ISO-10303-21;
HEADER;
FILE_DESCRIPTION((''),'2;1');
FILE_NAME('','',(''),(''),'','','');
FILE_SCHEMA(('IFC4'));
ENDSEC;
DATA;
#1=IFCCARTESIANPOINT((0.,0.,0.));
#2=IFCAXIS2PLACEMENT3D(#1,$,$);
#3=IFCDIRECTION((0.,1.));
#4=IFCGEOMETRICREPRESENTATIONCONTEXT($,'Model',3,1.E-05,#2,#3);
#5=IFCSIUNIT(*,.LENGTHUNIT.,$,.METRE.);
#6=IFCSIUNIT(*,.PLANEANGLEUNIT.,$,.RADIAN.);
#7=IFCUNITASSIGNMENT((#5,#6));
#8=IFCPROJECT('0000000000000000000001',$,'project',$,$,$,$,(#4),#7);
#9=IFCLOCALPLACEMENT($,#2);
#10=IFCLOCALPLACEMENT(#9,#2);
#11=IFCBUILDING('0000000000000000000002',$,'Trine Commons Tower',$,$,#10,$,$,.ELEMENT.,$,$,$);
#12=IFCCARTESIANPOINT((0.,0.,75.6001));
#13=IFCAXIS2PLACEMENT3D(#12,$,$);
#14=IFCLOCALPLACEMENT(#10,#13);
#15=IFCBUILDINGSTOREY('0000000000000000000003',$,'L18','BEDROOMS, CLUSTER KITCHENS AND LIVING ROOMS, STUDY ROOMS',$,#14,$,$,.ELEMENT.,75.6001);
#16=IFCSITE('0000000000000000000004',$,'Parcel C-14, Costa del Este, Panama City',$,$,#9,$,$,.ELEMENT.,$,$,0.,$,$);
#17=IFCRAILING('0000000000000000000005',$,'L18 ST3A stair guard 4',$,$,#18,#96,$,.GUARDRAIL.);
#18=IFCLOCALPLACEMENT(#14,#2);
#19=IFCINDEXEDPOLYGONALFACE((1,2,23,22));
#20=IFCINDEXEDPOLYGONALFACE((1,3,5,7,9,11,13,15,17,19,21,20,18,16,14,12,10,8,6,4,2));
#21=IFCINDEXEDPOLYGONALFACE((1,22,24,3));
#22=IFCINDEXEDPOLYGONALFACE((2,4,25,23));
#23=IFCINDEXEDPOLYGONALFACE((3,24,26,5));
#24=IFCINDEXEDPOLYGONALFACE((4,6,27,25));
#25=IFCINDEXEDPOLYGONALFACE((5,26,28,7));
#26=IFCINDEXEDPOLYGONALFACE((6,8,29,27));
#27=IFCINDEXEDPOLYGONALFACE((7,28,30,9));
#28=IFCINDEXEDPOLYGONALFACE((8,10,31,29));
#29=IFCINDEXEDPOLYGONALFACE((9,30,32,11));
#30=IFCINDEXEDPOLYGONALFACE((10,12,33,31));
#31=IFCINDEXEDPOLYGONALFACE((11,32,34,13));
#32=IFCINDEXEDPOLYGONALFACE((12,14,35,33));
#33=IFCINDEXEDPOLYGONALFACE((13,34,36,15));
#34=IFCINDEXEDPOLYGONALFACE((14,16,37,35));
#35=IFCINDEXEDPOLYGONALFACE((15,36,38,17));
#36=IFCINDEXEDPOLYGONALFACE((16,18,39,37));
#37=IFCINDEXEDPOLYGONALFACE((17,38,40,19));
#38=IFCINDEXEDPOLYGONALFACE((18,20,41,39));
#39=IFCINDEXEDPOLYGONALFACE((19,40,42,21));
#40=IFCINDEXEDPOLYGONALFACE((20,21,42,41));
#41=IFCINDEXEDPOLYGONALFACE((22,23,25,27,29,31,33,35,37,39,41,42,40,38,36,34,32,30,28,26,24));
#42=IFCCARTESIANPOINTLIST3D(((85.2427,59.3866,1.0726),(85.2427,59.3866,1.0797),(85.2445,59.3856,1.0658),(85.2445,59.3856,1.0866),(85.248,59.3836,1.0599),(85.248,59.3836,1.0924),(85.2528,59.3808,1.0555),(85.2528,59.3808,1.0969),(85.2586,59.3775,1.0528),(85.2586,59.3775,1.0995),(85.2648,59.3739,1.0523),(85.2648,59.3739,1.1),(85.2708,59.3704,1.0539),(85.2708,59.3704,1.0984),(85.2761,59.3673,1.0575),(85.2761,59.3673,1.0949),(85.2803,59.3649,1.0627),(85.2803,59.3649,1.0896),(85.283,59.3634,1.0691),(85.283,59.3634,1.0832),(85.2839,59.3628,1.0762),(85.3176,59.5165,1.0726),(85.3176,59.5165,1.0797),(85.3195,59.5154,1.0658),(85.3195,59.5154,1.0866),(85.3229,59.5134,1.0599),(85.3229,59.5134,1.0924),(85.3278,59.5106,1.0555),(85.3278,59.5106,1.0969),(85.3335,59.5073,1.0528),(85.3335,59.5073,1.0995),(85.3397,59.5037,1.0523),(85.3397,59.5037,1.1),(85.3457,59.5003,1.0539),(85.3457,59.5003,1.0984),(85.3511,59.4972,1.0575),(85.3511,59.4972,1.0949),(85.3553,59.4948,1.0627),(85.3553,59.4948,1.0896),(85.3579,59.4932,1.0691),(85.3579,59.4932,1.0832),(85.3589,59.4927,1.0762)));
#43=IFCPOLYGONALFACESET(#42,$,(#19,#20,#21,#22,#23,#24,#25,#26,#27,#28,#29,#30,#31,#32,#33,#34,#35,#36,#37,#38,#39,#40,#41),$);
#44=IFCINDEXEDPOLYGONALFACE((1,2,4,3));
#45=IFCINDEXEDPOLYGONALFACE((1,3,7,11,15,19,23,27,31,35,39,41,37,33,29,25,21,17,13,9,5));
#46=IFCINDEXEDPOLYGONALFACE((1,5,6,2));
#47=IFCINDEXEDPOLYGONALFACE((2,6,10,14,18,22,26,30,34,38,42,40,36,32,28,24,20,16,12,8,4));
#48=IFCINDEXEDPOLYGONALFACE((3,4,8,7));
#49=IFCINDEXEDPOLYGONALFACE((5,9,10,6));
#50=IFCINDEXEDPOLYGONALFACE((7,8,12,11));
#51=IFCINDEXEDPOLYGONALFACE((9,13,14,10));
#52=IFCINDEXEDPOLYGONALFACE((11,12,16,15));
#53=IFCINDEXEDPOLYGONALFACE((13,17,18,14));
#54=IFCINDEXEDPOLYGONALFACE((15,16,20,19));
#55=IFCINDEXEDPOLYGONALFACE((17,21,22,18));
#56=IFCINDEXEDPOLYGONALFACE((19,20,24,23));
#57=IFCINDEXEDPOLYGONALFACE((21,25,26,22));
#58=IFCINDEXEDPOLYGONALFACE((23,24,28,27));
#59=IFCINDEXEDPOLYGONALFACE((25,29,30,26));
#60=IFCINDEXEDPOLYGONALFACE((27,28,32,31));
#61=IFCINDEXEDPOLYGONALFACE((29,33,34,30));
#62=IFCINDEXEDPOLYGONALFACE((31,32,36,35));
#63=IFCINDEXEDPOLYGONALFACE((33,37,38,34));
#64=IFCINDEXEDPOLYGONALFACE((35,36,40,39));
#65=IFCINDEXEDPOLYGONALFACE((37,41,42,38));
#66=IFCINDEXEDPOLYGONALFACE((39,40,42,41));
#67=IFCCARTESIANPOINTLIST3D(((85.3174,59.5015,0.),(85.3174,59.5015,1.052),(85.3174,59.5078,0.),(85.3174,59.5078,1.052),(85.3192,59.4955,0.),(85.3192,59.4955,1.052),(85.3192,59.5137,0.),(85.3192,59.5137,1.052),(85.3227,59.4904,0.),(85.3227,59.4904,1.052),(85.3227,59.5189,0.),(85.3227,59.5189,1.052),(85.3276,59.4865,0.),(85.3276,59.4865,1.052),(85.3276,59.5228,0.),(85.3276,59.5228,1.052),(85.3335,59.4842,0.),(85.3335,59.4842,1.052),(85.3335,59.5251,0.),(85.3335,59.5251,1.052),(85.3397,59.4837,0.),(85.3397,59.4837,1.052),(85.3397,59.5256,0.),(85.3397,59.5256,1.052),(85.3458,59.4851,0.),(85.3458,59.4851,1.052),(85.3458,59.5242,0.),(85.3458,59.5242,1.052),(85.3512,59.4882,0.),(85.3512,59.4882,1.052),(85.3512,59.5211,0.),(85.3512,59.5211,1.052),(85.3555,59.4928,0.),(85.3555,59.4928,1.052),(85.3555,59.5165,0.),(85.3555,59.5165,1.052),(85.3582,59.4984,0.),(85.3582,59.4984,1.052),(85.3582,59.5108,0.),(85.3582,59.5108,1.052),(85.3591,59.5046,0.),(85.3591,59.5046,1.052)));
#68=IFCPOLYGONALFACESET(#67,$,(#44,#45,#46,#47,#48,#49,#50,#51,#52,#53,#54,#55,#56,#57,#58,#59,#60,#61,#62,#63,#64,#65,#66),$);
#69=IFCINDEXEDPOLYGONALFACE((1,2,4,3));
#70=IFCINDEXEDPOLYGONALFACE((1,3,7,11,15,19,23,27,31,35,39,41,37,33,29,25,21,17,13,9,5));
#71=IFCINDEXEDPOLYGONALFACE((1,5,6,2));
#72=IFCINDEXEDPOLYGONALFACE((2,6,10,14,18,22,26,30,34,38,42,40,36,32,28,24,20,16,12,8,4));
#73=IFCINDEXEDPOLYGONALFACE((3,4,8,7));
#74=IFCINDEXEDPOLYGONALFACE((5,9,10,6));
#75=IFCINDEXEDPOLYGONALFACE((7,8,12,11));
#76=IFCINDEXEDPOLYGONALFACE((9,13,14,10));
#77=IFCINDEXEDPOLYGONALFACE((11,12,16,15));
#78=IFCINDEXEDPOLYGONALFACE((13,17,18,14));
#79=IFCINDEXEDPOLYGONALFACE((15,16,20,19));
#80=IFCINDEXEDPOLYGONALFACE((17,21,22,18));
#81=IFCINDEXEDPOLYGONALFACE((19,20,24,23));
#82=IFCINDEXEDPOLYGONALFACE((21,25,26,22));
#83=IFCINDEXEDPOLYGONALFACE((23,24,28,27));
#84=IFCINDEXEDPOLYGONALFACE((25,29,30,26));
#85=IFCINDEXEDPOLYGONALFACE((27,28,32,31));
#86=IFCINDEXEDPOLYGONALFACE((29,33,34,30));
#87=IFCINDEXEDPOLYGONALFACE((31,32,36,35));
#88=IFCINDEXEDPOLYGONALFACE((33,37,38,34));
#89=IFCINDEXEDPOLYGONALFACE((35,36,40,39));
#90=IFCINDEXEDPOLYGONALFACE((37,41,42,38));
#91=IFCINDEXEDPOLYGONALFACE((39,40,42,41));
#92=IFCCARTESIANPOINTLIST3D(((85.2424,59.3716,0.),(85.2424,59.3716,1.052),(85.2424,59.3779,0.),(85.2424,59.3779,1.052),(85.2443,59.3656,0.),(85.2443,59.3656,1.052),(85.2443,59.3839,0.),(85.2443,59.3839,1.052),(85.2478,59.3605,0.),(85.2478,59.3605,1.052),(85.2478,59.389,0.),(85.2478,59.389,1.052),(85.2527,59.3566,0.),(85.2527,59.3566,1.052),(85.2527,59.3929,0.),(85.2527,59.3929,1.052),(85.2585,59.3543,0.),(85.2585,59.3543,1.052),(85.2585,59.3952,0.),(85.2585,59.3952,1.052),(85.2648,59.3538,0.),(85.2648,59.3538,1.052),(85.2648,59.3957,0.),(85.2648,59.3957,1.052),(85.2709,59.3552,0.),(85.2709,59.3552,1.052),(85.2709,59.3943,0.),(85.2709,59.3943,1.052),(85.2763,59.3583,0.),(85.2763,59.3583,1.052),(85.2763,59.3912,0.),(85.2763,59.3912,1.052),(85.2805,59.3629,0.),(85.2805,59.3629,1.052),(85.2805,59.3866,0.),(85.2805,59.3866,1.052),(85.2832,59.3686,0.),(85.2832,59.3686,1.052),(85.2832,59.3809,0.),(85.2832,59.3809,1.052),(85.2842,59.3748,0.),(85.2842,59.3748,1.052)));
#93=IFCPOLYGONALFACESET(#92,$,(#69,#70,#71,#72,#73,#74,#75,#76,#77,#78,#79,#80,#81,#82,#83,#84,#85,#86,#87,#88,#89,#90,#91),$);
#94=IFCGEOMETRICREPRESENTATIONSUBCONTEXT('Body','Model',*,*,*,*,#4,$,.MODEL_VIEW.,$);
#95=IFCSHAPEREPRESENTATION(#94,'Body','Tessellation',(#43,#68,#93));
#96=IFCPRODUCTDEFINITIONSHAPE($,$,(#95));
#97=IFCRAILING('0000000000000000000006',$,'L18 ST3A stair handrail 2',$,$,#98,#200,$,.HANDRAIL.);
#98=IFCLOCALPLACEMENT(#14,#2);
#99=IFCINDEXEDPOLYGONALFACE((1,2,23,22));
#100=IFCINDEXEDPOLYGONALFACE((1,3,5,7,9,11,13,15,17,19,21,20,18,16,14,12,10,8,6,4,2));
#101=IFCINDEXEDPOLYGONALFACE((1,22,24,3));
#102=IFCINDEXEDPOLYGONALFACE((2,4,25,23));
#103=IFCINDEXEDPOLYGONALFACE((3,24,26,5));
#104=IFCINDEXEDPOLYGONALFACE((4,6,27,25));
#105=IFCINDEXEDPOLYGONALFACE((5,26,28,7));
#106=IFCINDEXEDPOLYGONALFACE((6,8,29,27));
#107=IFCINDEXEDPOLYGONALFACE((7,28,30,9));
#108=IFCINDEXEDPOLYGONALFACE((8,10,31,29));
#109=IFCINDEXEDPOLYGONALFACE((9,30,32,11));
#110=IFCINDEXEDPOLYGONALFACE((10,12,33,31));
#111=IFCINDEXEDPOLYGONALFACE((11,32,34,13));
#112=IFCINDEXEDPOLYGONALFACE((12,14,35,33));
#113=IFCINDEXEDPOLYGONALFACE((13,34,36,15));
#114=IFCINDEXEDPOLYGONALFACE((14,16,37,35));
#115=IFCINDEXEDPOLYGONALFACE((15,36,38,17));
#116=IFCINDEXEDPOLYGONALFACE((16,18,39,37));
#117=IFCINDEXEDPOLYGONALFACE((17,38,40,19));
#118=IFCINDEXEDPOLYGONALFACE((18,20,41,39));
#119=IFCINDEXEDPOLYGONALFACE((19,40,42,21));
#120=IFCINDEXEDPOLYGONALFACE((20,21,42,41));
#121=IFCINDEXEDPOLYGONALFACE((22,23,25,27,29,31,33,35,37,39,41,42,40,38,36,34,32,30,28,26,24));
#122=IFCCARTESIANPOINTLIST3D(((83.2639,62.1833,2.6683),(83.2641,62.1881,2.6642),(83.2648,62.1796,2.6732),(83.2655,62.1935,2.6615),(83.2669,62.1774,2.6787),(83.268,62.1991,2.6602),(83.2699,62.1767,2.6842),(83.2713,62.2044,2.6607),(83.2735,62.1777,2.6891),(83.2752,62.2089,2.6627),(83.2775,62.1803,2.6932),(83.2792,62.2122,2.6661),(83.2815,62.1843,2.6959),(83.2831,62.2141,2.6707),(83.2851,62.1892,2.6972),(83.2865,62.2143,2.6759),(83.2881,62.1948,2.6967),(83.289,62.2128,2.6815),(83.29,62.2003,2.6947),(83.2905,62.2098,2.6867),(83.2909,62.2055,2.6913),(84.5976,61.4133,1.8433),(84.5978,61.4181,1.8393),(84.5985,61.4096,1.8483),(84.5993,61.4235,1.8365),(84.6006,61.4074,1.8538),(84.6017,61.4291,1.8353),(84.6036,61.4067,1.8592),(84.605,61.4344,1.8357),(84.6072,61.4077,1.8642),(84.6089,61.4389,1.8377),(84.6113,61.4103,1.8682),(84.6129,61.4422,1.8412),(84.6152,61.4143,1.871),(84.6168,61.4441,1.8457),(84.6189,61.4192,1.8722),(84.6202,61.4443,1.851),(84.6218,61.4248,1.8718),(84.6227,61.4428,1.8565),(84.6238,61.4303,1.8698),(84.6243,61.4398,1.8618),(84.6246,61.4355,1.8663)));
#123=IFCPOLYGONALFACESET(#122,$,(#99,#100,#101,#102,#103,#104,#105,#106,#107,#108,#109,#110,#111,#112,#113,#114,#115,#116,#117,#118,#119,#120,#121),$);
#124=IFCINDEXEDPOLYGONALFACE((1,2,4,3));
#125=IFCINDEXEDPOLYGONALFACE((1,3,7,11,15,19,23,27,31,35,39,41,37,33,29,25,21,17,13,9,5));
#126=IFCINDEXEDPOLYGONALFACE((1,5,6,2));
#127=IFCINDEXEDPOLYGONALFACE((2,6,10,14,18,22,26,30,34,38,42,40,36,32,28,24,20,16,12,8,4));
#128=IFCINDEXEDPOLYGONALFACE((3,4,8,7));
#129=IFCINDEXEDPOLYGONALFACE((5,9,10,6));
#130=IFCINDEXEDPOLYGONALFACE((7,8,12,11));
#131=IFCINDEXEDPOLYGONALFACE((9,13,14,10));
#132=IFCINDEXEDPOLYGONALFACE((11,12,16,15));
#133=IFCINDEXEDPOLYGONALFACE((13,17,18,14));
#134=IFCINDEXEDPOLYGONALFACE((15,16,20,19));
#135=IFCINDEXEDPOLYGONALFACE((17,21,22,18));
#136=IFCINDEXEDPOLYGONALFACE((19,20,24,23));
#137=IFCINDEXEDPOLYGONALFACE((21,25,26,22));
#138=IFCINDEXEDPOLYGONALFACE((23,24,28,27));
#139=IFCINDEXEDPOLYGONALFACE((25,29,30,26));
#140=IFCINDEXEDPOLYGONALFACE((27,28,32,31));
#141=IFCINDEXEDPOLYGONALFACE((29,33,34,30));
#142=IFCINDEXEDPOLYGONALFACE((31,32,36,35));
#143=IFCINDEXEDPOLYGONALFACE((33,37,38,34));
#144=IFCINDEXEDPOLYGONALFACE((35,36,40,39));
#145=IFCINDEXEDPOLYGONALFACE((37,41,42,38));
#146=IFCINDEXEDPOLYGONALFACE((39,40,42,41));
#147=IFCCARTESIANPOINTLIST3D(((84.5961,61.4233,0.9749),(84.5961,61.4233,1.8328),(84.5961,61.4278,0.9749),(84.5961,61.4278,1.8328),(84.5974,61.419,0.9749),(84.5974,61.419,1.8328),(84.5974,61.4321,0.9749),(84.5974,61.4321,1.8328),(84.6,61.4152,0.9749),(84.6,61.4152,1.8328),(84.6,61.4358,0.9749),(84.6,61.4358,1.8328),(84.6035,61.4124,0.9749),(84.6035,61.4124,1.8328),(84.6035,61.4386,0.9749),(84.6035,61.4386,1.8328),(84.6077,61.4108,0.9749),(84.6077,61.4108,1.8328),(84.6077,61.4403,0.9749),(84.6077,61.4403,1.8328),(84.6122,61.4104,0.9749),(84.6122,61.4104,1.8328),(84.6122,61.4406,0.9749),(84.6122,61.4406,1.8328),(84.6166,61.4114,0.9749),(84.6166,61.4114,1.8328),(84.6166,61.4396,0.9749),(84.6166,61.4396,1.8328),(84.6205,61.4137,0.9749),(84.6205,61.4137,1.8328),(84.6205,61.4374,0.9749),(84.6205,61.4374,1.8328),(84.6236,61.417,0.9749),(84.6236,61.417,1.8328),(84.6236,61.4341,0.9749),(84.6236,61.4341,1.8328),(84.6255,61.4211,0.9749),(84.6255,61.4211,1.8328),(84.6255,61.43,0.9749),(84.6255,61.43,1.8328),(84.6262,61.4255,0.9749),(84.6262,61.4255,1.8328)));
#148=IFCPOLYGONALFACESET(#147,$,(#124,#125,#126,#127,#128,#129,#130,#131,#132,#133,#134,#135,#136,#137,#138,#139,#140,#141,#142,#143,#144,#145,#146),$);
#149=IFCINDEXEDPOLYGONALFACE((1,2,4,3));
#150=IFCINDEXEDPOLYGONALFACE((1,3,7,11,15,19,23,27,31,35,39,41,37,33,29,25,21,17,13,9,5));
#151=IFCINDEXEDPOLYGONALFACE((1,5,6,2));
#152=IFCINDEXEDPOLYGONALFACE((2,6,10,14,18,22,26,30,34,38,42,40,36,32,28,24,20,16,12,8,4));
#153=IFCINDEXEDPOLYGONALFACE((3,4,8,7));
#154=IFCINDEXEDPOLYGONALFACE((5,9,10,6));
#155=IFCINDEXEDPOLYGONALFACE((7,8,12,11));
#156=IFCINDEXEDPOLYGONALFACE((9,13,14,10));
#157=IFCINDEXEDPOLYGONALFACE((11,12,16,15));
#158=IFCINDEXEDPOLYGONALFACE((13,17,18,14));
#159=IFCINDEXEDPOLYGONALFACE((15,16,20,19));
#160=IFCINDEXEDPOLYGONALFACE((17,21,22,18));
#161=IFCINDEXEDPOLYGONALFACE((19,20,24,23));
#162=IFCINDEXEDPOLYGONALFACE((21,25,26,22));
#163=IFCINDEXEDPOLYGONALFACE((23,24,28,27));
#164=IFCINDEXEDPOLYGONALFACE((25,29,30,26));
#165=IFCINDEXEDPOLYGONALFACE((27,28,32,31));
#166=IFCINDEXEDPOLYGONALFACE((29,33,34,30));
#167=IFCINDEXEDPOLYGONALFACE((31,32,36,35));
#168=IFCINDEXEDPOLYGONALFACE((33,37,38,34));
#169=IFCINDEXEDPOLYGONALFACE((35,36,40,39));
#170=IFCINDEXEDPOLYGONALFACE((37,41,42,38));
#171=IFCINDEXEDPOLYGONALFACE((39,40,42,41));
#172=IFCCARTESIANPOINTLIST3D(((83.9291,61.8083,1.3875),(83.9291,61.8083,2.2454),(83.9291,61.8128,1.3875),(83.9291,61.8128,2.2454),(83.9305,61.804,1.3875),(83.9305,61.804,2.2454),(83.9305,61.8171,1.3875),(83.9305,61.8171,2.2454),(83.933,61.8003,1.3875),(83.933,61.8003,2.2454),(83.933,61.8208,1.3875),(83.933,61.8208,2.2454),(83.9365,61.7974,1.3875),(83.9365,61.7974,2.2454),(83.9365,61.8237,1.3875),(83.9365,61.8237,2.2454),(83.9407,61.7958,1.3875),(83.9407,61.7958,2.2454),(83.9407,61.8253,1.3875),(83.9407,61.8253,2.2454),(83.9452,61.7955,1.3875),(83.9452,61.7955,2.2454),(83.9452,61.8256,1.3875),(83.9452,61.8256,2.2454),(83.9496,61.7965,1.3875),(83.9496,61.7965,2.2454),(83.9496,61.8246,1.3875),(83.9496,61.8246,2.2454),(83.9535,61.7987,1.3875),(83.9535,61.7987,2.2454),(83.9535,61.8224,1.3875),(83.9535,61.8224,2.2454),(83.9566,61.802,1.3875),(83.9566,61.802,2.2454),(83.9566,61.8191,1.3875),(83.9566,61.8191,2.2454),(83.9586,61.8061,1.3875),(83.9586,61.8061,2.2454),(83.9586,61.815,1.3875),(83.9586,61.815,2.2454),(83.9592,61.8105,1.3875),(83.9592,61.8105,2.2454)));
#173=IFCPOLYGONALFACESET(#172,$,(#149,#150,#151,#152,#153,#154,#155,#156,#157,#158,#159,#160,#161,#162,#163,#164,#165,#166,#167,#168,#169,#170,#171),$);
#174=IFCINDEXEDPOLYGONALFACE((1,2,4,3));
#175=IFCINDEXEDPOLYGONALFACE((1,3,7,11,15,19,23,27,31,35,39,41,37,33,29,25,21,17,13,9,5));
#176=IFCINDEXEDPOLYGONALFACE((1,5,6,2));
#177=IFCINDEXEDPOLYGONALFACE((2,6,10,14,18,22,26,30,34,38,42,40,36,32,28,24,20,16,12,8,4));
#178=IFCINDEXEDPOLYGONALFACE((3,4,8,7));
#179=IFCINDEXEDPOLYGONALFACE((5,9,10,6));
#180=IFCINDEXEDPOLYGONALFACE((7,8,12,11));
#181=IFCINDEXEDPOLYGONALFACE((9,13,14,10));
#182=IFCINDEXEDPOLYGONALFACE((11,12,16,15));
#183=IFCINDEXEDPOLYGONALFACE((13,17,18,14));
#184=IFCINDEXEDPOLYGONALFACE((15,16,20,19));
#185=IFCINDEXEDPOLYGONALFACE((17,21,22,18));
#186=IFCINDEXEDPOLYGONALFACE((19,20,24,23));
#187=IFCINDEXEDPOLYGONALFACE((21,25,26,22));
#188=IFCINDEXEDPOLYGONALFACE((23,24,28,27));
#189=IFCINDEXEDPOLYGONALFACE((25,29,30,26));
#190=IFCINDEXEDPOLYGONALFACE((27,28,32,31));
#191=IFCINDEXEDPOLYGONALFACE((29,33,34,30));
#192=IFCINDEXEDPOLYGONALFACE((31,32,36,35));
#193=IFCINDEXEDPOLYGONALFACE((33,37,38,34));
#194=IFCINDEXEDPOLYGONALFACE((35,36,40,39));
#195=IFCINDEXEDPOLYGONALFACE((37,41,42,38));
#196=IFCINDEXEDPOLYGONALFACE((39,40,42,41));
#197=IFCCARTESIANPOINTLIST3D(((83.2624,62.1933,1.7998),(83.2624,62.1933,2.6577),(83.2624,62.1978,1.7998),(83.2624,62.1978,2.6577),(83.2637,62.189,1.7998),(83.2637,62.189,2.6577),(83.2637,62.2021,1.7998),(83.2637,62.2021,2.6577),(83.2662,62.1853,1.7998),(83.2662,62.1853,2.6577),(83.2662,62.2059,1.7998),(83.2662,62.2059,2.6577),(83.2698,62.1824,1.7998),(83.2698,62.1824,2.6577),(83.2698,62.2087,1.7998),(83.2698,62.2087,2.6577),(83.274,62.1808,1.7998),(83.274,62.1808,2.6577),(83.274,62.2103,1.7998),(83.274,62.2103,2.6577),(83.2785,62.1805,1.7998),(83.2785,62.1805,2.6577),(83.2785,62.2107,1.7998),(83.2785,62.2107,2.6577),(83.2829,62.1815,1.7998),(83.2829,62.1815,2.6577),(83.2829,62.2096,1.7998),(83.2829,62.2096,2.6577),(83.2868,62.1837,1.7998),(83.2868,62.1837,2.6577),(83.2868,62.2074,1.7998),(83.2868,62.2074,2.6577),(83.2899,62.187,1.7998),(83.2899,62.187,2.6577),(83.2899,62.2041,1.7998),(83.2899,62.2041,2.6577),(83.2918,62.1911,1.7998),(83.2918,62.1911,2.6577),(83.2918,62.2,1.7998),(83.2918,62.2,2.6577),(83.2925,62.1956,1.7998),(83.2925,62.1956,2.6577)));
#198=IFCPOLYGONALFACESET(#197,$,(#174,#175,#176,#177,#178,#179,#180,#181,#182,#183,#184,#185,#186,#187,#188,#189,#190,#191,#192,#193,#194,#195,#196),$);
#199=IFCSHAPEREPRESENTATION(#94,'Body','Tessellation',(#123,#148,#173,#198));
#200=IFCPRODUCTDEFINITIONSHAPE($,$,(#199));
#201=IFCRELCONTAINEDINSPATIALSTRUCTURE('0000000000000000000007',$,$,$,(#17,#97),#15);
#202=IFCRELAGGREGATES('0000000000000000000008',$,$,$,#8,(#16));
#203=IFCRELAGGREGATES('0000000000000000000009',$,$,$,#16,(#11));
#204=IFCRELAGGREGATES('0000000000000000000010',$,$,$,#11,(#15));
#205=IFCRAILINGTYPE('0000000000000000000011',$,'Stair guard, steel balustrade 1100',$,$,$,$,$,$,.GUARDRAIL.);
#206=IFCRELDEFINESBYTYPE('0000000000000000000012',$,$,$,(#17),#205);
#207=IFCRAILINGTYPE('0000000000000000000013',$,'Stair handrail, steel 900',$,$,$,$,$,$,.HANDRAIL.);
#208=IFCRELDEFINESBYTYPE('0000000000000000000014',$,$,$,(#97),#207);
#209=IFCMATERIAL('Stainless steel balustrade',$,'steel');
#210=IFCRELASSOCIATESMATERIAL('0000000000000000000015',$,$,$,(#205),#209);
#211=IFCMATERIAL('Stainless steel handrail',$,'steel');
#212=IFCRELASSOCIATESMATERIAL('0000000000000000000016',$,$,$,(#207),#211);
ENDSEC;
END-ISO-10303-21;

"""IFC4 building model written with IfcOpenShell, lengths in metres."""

from ifc_helpers import new_model, si_unit, direction, frame, origin, origin_2d, place, context, subcontext, project, spatial, circle, extrude, material, type_object, element, save


model = new_model("IFC4")

# Units and contexts
model_context = context("Model", 3, precision=1e-05, world=origin(), true_north=direction((0.0, 1.0)))
body_context = subcontext(model_context, "Body", "Model", "MODEL_VIEW")
ifc_project = project(units=[si_unit("LENGTHUNIT", "METRE"), si_unit("PLANEANGLEUNIT", "RADIAN")], contexts=[model_context])

# Site, building, storey
site_placement = place(None, origin())
site = spatial("IfcSite", under=ifc_project, at=site_placement, Name="Parcel C-14, Costa del Este, Panama City", CompositionType="ELEMENT", RefElevation=0.0)
building_placement = place(site_placement, origin())
building = spatial("IfcBuilding", under=site, at=building_placement, Name="Trine Commons Tower", CompositionType="ELEMENT")
storey_placement = place(building_placement, frame((0.0, 0.0, 75.6001)))
storey = spatial("IfcBuildingStorey", under=building, at=storey_placement, Name="L18", Description="BEDROOMS, CLUSTER KITCHENS AND LIVING ROOMS, STUDY ROOMS", CompositionType="ELEMENT", Elevation=75.6001)

# Railings
ifc_material_1 = material(Name="Stainless steel balustrade", Category="steel")
railing_type_1 = type_object("IfcRailingType", Name="Stair guard, steel balustrade 1100", PredefinedType="GUARDRAIL", material=ifc_material_1)
railing_1_placement = place(storey_placement, frame((85.3381, 59.5046, 0.0)))
element("IfcRailing", 1, at=railing_1_placement, inside=storey, type_object=railing_type_1, Name="L18 ST3A stair guard 4", PredefinedType="GUARDRAIL", context=body_context, shape_type="SweptSolid", body=[
    extrude(circle(Radius=0.0239, at=origin_2d()), frame((0.0, 0.0, 1.0762), z_axis=(-0.499816, -0.866131, 0.0), x_axis=(0.866131, -0.499816, 0.0)), (0.0, 0.0, 1.0), 0.1499),
    extrude(circle(Radius=0.021, at=origin_2d()), origin(), (0.0, 0.0, 1.0), 1.052),
    extrude(circle(Radius=0.021, at=origin_2d()), frame((-0.075, -0.1299, 0.0)), (0.0, 0.0, 1.0), 1.052),
])
ifc_material_2 = material(Name="Stainless steel handrail", Category="steel")
railing_type_2 = type_object("IfcRailingType", Name="Stair handrail, steel 900", PredefinedType="HANDRAIL", material=ifc_material_2)
railing_2_placement = place(storey_placement, frame((84.6111, 61.4255, 0.9749)))
element("IfcRailing", 2, at=railing_2_placement, inside=storey, type_object=railing_type_2, Name="L18 ST3A stair handrail 2", PredefinedType="HANDRAIL", context=body_context, shape_type="SweptSolid", body=[
    extrude(circle(Radius=0.021, at=origin_2d()), frame((0.0, 0.0, 0.8789), z_axis=(-0.763405, 0.440743, 0.472185), x_axis=(-0.499992, -0.86603, 0.0)), (0.0, 0.0, 1.0), 1.7471),
    extrude(circle(Radius=0.0151, at=origin_2d()), origin(), (0.0, 0.0, 1.0), 0.8579),
    extrude(circle(Radius=0.0151, at=origin_2d()), frame((-0.667, 0.385, 0.4126)), (0.0, 0.0, 1.0), 0.8579),
    extrude(circle(Radius=0.0151, at=origin_2d()), frame((-1.3337, 0.77, 0.825)), (0.0, 0.0, 1.0), 0.8579),
])

save(model, "model.ifc")
